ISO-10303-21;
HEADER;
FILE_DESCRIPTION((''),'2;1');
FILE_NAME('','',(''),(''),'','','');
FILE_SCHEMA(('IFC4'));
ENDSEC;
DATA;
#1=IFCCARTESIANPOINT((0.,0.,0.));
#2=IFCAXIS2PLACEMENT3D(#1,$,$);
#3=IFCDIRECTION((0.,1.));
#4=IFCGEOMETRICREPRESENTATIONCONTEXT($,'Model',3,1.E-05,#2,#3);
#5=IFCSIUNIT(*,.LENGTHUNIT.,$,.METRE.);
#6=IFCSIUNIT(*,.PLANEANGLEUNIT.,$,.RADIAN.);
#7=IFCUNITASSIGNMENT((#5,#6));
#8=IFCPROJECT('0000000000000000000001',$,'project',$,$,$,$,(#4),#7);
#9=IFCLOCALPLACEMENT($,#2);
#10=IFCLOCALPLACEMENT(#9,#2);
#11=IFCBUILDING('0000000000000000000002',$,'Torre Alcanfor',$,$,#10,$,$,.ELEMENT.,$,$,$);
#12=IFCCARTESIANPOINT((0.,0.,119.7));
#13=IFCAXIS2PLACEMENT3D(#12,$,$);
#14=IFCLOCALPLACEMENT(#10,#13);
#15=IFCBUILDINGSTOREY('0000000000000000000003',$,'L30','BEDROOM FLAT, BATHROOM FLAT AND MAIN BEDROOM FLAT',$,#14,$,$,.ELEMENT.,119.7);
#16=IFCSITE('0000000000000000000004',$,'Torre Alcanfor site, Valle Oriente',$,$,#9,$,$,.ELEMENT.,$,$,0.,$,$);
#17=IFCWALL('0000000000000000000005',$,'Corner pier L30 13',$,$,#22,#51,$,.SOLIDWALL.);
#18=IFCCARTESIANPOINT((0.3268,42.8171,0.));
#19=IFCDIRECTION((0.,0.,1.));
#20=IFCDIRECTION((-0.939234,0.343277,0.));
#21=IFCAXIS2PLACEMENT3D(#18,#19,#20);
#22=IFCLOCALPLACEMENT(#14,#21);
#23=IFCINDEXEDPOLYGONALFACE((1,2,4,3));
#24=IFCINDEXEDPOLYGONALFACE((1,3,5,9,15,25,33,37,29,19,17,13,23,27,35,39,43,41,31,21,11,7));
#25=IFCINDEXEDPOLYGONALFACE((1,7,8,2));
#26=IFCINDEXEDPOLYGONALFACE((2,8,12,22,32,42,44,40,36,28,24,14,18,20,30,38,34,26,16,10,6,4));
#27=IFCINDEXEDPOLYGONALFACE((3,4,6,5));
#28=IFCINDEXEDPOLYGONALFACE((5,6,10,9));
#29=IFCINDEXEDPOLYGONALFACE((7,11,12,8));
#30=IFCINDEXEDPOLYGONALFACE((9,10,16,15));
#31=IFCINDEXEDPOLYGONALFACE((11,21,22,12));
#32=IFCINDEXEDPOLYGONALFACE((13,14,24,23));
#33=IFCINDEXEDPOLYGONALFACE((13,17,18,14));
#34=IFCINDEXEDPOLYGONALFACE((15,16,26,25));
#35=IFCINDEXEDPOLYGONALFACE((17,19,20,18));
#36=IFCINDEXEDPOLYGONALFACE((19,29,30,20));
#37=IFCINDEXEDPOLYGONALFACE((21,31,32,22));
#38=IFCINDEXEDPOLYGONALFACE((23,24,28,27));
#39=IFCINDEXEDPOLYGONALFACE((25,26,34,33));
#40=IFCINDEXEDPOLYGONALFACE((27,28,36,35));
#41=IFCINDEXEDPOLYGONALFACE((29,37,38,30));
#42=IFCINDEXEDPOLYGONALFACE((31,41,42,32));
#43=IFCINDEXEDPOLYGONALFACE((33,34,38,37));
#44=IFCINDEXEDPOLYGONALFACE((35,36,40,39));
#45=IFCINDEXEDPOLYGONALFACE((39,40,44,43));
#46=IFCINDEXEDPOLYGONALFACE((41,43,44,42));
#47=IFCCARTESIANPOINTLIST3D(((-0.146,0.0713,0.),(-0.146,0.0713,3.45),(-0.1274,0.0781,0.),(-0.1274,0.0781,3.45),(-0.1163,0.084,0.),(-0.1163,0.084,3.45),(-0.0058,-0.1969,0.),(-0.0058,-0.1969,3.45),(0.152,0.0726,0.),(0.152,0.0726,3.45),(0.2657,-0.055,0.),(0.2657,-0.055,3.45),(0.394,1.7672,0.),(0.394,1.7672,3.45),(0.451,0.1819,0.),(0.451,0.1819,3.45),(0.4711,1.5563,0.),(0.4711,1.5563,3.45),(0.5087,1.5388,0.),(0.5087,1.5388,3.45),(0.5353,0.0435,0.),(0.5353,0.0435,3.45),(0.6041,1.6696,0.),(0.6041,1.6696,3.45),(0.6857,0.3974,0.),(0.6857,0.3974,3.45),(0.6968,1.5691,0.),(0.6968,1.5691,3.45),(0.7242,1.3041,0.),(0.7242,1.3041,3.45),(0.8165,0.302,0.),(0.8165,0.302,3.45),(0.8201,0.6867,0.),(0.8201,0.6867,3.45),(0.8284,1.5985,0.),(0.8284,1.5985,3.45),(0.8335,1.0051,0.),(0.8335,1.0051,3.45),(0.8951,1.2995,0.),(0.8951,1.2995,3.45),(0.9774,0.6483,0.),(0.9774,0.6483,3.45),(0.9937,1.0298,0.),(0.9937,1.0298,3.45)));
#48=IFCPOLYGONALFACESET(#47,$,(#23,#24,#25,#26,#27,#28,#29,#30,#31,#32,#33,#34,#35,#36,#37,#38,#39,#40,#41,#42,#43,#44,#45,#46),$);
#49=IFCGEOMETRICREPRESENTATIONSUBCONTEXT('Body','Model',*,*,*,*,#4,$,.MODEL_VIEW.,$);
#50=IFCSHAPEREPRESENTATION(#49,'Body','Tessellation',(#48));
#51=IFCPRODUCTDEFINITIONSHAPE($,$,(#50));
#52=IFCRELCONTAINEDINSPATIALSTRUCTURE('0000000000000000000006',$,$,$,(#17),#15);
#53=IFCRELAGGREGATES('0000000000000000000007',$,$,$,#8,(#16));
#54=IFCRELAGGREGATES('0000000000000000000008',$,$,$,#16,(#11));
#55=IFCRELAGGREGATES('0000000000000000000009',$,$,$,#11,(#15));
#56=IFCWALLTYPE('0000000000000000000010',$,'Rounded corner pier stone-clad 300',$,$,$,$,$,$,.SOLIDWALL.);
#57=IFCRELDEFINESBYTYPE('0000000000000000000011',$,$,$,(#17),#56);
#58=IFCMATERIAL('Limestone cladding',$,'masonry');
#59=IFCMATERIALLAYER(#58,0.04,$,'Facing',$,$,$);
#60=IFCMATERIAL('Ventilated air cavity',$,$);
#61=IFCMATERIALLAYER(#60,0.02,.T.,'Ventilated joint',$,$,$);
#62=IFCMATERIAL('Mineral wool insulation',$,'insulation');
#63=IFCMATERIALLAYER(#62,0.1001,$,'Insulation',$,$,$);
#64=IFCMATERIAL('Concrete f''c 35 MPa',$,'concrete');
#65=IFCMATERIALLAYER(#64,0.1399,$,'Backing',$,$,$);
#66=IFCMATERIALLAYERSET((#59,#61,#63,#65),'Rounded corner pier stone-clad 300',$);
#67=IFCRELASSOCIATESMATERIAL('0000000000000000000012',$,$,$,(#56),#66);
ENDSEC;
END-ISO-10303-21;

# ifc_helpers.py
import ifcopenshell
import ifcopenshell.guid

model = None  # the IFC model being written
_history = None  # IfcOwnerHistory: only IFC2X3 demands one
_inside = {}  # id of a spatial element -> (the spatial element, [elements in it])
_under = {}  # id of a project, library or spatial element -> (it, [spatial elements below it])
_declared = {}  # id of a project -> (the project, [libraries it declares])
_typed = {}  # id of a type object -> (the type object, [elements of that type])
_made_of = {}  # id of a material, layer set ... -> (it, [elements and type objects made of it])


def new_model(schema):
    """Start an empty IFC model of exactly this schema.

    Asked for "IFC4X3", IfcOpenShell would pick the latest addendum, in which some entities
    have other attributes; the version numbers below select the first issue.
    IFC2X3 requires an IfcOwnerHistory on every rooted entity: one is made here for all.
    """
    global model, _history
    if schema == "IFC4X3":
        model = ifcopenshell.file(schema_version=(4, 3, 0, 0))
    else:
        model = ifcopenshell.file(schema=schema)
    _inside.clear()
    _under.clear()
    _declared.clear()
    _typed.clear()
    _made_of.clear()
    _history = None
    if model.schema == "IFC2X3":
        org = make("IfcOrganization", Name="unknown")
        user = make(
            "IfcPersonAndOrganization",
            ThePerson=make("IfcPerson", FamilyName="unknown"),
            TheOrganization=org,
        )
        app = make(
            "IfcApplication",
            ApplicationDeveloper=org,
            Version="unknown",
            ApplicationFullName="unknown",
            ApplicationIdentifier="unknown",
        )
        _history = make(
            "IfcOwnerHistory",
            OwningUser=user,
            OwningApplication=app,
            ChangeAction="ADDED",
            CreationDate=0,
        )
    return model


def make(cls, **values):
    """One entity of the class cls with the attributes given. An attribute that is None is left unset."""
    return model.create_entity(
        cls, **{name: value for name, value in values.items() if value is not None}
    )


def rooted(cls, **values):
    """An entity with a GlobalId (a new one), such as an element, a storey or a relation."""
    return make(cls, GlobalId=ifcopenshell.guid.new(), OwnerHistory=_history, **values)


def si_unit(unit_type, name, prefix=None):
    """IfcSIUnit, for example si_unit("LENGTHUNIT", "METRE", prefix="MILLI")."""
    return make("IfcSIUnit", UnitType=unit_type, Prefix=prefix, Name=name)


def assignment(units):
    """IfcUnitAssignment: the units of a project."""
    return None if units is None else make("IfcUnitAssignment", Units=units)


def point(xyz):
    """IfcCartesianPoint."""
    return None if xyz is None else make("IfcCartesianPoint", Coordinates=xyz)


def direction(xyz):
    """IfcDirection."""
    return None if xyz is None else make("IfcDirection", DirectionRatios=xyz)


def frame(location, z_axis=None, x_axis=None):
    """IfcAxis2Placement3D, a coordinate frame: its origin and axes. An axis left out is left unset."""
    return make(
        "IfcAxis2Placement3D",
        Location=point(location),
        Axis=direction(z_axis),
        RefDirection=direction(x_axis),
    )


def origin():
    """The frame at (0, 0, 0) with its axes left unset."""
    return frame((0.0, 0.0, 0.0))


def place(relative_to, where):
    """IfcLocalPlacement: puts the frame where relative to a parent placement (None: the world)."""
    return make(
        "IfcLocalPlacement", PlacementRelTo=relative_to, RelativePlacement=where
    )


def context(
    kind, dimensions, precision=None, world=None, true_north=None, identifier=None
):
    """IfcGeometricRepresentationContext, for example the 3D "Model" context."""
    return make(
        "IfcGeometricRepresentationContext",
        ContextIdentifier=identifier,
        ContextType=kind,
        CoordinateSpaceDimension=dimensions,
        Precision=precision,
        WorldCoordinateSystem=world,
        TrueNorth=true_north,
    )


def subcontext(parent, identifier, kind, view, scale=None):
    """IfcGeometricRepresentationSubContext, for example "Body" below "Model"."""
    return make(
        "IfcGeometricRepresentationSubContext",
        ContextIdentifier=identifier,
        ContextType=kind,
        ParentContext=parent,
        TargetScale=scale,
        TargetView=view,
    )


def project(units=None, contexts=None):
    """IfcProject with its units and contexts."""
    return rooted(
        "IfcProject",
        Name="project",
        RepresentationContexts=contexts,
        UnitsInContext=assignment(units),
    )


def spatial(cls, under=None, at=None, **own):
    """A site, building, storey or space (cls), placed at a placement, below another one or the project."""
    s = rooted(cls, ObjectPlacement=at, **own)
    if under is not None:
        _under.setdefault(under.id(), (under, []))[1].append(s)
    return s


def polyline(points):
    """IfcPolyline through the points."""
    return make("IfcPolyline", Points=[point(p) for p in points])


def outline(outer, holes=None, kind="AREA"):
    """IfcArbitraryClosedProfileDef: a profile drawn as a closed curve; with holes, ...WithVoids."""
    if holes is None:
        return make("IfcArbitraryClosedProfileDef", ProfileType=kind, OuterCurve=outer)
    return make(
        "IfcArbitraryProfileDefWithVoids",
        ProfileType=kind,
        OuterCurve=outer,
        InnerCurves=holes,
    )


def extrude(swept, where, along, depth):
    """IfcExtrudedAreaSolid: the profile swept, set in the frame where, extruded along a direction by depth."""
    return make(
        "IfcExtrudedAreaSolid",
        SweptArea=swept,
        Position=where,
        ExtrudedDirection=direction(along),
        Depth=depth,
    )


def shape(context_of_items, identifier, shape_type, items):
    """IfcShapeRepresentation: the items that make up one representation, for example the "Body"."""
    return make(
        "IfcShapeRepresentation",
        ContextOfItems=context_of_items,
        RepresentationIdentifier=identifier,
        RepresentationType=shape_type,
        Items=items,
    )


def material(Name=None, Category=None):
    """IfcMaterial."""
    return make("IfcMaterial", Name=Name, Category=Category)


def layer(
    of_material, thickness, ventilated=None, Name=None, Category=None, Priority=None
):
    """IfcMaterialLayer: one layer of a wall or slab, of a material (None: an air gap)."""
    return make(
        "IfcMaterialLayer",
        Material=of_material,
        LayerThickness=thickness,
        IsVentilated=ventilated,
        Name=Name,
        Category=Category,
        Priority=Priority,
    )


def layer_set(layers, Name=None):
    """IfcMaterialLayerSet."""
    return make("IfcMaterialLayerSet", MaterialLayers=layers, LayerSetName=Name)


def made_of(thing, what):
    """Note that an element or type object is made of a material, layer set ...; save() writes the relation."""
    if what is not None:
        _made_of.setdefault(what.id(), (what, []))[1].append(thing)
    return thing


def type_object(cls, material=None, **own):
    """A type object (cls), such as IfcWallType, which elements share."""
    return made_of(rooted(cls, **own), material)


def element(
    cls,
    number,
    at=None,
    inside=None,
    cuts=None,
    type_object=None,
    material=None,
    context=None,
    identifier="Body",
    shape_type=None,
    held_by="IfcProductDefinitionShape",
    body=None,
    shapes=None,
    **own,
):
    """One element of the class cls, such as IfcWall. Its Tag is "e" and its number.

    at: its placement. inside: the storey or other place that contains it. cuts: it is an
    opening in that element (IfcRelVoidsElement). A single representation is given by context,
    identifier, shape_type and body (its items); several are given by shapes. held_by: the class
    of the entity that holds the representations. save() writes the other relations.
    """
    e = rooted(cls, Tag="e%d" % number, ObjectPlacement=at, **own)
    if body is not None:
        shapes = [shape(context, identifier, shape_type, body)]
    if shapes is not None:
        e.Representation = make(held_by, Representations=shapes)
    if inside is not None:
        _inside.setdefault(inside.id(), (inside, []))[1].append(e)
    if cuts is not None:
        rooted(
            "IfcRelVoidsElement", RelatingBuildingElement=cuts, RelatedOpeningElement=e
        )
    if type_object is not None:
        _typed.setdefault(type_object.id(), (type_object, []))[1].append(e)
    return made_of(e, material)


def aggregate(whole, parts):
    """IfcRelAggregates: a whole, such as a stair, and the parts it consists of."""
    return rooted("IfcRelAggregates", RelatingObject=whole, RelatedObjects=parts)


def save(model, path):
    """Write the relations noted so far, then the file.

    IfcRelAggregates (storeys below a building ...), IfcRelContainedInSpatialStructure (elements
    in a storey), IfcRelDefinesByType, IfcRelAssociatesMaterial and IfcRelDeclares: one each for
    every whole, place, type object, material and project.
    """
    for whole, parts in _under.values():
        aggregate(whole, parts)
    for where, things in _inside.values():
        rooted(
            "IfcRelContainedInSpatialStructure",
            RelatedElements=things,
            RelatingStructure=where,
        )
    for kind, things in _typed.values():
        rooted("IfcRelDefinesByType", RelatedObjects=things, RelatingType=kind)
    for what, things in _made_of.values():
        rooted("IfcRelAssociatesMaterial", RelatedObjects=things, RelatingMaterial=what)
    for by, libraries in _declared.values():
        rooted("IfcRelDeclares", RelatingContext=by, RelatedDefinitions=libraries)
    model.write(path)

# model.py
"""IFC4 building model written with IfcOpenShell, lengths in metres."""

from ifc_helpers import new_model, si_unit, direction, frame, origin, place, context, subcontext, project, spatial, polyline, outline, extrude, material, layer, layer_set, type_object, element, save


model = new_model("IFC4")

# Units and contexts
model_context = context("Model", 3, precision=1e-05, world=origin(), true_north=direction((0.0, 1.0)))
body_context = subcontext(model_context, "Body", "Model", "MODEL_VIEW")
ifc_project = project(units=[si_unit("LENGTHUNIT", "METRE"), si_unit("PLANEANGLEUNIT", "RADIAN")], contexts=[model_context])

# Site, building, storey
site_placement = place(None, origin())
site = spatial("IfcSite", under=ifc_project, at=site_placement, Name="Torre Alcanfor site, Valle Oriente", CompositionType="ELEMENT", RefElevation=0.0)
building_placement = place(site_placement, origin())
building = spatial("IfcBuilding", under=site, at=building_placement, Name="Torre Alcanfor", CompositionType="ELEMENT")
storey_placement = place(building_placement, frame((0.0, 0.0, 119.7)))
storey = spatial("IfcBuildingStorey", under=building, at=storey_placement, Name="L30", Description="BEDROOM FLAT, BATHROOM FLAT AND MAIN BEDROOM FLAT", CompositionType="ELEMENT", Elevation=119.7)

# Wall
ifc_material_1 = material(Name="Limestone cladding", Category="masonry")
ifc_layer_1 = layer(ifc_material_1, 0.04, Name="Facing")
ifc_material_2 = material(Name="Ventilated air cavity")
ifc_layer_2 = layer(ifc_material_2, 0.02, ventilated=True, Name="Ventilated joint")
ifc_material_3 = material(Name="Mineral wool insulation", Category="insulation")
ifc_layer_3 = layer(ifc_material_3, 0.1001, Name="Insulation")
ifc_material_4 = material(Name="Concrete f'c 35 MPa", Category="concrete")
ifc_layer_4 = layer(ifc_material_4, 0.1399, Name="Backing")
ifc_layer_set_1 = layer_set([ifc_layer_1, ifc_layer_2, ifc_layer_3, ifc_layer_4], Name="Rounded corner pier stone-clad 300")
wall_type_1 = type_object("IfcWallType", Name="Rounded corner pier stone-clad 300", PredefinedType="SOLIDWALL", material=ifc_layer_set_1)
wall_1_placement = place(storey_placement, frame((0.3268, 42.8171, 0.0), z_axis=(0.0, 0.0, 1.0), x_axis=(-0.939234, 0.343277, 0.0)))
element("IfcWall", 1, at=wall_1_placement, inside=storey, type_object=wall_type_1, Name="Corner pier L30 13", PredefinedType="SOLIDWALL", context=body_context, shape_type="SweptSolid", body=[
    extrude(outline(polyline([(-0.0058, -0.1969), (0.2657, -0.055), (0.5353, 0.0435), (0.8165, 0.302), (0.9774, 0.6483), (0.9937, 1.0298), (0.8951, 1.2995), (0.8284, 1.5985), (0.6968, 1.5691), (0.6041, 1.6696), (0.394, 1.7672), (0.4711, 1.5563), (0.5087, 1.5388), (0.7242, 1.3041), (0.8335, 1.0051), (0.8201, 0.6867), (0.6857, 0.3974), (0.451, 0.1819), (0.152, 0.0726), (-0.1163, 0.084), (-0.1274, 0.0781), (-0.146, 0.0713), (-0.0058, -0.1969)])), origin(), (0.0, 0.0, 1.0), 3.45),
])

save(model, "model.ifc")
